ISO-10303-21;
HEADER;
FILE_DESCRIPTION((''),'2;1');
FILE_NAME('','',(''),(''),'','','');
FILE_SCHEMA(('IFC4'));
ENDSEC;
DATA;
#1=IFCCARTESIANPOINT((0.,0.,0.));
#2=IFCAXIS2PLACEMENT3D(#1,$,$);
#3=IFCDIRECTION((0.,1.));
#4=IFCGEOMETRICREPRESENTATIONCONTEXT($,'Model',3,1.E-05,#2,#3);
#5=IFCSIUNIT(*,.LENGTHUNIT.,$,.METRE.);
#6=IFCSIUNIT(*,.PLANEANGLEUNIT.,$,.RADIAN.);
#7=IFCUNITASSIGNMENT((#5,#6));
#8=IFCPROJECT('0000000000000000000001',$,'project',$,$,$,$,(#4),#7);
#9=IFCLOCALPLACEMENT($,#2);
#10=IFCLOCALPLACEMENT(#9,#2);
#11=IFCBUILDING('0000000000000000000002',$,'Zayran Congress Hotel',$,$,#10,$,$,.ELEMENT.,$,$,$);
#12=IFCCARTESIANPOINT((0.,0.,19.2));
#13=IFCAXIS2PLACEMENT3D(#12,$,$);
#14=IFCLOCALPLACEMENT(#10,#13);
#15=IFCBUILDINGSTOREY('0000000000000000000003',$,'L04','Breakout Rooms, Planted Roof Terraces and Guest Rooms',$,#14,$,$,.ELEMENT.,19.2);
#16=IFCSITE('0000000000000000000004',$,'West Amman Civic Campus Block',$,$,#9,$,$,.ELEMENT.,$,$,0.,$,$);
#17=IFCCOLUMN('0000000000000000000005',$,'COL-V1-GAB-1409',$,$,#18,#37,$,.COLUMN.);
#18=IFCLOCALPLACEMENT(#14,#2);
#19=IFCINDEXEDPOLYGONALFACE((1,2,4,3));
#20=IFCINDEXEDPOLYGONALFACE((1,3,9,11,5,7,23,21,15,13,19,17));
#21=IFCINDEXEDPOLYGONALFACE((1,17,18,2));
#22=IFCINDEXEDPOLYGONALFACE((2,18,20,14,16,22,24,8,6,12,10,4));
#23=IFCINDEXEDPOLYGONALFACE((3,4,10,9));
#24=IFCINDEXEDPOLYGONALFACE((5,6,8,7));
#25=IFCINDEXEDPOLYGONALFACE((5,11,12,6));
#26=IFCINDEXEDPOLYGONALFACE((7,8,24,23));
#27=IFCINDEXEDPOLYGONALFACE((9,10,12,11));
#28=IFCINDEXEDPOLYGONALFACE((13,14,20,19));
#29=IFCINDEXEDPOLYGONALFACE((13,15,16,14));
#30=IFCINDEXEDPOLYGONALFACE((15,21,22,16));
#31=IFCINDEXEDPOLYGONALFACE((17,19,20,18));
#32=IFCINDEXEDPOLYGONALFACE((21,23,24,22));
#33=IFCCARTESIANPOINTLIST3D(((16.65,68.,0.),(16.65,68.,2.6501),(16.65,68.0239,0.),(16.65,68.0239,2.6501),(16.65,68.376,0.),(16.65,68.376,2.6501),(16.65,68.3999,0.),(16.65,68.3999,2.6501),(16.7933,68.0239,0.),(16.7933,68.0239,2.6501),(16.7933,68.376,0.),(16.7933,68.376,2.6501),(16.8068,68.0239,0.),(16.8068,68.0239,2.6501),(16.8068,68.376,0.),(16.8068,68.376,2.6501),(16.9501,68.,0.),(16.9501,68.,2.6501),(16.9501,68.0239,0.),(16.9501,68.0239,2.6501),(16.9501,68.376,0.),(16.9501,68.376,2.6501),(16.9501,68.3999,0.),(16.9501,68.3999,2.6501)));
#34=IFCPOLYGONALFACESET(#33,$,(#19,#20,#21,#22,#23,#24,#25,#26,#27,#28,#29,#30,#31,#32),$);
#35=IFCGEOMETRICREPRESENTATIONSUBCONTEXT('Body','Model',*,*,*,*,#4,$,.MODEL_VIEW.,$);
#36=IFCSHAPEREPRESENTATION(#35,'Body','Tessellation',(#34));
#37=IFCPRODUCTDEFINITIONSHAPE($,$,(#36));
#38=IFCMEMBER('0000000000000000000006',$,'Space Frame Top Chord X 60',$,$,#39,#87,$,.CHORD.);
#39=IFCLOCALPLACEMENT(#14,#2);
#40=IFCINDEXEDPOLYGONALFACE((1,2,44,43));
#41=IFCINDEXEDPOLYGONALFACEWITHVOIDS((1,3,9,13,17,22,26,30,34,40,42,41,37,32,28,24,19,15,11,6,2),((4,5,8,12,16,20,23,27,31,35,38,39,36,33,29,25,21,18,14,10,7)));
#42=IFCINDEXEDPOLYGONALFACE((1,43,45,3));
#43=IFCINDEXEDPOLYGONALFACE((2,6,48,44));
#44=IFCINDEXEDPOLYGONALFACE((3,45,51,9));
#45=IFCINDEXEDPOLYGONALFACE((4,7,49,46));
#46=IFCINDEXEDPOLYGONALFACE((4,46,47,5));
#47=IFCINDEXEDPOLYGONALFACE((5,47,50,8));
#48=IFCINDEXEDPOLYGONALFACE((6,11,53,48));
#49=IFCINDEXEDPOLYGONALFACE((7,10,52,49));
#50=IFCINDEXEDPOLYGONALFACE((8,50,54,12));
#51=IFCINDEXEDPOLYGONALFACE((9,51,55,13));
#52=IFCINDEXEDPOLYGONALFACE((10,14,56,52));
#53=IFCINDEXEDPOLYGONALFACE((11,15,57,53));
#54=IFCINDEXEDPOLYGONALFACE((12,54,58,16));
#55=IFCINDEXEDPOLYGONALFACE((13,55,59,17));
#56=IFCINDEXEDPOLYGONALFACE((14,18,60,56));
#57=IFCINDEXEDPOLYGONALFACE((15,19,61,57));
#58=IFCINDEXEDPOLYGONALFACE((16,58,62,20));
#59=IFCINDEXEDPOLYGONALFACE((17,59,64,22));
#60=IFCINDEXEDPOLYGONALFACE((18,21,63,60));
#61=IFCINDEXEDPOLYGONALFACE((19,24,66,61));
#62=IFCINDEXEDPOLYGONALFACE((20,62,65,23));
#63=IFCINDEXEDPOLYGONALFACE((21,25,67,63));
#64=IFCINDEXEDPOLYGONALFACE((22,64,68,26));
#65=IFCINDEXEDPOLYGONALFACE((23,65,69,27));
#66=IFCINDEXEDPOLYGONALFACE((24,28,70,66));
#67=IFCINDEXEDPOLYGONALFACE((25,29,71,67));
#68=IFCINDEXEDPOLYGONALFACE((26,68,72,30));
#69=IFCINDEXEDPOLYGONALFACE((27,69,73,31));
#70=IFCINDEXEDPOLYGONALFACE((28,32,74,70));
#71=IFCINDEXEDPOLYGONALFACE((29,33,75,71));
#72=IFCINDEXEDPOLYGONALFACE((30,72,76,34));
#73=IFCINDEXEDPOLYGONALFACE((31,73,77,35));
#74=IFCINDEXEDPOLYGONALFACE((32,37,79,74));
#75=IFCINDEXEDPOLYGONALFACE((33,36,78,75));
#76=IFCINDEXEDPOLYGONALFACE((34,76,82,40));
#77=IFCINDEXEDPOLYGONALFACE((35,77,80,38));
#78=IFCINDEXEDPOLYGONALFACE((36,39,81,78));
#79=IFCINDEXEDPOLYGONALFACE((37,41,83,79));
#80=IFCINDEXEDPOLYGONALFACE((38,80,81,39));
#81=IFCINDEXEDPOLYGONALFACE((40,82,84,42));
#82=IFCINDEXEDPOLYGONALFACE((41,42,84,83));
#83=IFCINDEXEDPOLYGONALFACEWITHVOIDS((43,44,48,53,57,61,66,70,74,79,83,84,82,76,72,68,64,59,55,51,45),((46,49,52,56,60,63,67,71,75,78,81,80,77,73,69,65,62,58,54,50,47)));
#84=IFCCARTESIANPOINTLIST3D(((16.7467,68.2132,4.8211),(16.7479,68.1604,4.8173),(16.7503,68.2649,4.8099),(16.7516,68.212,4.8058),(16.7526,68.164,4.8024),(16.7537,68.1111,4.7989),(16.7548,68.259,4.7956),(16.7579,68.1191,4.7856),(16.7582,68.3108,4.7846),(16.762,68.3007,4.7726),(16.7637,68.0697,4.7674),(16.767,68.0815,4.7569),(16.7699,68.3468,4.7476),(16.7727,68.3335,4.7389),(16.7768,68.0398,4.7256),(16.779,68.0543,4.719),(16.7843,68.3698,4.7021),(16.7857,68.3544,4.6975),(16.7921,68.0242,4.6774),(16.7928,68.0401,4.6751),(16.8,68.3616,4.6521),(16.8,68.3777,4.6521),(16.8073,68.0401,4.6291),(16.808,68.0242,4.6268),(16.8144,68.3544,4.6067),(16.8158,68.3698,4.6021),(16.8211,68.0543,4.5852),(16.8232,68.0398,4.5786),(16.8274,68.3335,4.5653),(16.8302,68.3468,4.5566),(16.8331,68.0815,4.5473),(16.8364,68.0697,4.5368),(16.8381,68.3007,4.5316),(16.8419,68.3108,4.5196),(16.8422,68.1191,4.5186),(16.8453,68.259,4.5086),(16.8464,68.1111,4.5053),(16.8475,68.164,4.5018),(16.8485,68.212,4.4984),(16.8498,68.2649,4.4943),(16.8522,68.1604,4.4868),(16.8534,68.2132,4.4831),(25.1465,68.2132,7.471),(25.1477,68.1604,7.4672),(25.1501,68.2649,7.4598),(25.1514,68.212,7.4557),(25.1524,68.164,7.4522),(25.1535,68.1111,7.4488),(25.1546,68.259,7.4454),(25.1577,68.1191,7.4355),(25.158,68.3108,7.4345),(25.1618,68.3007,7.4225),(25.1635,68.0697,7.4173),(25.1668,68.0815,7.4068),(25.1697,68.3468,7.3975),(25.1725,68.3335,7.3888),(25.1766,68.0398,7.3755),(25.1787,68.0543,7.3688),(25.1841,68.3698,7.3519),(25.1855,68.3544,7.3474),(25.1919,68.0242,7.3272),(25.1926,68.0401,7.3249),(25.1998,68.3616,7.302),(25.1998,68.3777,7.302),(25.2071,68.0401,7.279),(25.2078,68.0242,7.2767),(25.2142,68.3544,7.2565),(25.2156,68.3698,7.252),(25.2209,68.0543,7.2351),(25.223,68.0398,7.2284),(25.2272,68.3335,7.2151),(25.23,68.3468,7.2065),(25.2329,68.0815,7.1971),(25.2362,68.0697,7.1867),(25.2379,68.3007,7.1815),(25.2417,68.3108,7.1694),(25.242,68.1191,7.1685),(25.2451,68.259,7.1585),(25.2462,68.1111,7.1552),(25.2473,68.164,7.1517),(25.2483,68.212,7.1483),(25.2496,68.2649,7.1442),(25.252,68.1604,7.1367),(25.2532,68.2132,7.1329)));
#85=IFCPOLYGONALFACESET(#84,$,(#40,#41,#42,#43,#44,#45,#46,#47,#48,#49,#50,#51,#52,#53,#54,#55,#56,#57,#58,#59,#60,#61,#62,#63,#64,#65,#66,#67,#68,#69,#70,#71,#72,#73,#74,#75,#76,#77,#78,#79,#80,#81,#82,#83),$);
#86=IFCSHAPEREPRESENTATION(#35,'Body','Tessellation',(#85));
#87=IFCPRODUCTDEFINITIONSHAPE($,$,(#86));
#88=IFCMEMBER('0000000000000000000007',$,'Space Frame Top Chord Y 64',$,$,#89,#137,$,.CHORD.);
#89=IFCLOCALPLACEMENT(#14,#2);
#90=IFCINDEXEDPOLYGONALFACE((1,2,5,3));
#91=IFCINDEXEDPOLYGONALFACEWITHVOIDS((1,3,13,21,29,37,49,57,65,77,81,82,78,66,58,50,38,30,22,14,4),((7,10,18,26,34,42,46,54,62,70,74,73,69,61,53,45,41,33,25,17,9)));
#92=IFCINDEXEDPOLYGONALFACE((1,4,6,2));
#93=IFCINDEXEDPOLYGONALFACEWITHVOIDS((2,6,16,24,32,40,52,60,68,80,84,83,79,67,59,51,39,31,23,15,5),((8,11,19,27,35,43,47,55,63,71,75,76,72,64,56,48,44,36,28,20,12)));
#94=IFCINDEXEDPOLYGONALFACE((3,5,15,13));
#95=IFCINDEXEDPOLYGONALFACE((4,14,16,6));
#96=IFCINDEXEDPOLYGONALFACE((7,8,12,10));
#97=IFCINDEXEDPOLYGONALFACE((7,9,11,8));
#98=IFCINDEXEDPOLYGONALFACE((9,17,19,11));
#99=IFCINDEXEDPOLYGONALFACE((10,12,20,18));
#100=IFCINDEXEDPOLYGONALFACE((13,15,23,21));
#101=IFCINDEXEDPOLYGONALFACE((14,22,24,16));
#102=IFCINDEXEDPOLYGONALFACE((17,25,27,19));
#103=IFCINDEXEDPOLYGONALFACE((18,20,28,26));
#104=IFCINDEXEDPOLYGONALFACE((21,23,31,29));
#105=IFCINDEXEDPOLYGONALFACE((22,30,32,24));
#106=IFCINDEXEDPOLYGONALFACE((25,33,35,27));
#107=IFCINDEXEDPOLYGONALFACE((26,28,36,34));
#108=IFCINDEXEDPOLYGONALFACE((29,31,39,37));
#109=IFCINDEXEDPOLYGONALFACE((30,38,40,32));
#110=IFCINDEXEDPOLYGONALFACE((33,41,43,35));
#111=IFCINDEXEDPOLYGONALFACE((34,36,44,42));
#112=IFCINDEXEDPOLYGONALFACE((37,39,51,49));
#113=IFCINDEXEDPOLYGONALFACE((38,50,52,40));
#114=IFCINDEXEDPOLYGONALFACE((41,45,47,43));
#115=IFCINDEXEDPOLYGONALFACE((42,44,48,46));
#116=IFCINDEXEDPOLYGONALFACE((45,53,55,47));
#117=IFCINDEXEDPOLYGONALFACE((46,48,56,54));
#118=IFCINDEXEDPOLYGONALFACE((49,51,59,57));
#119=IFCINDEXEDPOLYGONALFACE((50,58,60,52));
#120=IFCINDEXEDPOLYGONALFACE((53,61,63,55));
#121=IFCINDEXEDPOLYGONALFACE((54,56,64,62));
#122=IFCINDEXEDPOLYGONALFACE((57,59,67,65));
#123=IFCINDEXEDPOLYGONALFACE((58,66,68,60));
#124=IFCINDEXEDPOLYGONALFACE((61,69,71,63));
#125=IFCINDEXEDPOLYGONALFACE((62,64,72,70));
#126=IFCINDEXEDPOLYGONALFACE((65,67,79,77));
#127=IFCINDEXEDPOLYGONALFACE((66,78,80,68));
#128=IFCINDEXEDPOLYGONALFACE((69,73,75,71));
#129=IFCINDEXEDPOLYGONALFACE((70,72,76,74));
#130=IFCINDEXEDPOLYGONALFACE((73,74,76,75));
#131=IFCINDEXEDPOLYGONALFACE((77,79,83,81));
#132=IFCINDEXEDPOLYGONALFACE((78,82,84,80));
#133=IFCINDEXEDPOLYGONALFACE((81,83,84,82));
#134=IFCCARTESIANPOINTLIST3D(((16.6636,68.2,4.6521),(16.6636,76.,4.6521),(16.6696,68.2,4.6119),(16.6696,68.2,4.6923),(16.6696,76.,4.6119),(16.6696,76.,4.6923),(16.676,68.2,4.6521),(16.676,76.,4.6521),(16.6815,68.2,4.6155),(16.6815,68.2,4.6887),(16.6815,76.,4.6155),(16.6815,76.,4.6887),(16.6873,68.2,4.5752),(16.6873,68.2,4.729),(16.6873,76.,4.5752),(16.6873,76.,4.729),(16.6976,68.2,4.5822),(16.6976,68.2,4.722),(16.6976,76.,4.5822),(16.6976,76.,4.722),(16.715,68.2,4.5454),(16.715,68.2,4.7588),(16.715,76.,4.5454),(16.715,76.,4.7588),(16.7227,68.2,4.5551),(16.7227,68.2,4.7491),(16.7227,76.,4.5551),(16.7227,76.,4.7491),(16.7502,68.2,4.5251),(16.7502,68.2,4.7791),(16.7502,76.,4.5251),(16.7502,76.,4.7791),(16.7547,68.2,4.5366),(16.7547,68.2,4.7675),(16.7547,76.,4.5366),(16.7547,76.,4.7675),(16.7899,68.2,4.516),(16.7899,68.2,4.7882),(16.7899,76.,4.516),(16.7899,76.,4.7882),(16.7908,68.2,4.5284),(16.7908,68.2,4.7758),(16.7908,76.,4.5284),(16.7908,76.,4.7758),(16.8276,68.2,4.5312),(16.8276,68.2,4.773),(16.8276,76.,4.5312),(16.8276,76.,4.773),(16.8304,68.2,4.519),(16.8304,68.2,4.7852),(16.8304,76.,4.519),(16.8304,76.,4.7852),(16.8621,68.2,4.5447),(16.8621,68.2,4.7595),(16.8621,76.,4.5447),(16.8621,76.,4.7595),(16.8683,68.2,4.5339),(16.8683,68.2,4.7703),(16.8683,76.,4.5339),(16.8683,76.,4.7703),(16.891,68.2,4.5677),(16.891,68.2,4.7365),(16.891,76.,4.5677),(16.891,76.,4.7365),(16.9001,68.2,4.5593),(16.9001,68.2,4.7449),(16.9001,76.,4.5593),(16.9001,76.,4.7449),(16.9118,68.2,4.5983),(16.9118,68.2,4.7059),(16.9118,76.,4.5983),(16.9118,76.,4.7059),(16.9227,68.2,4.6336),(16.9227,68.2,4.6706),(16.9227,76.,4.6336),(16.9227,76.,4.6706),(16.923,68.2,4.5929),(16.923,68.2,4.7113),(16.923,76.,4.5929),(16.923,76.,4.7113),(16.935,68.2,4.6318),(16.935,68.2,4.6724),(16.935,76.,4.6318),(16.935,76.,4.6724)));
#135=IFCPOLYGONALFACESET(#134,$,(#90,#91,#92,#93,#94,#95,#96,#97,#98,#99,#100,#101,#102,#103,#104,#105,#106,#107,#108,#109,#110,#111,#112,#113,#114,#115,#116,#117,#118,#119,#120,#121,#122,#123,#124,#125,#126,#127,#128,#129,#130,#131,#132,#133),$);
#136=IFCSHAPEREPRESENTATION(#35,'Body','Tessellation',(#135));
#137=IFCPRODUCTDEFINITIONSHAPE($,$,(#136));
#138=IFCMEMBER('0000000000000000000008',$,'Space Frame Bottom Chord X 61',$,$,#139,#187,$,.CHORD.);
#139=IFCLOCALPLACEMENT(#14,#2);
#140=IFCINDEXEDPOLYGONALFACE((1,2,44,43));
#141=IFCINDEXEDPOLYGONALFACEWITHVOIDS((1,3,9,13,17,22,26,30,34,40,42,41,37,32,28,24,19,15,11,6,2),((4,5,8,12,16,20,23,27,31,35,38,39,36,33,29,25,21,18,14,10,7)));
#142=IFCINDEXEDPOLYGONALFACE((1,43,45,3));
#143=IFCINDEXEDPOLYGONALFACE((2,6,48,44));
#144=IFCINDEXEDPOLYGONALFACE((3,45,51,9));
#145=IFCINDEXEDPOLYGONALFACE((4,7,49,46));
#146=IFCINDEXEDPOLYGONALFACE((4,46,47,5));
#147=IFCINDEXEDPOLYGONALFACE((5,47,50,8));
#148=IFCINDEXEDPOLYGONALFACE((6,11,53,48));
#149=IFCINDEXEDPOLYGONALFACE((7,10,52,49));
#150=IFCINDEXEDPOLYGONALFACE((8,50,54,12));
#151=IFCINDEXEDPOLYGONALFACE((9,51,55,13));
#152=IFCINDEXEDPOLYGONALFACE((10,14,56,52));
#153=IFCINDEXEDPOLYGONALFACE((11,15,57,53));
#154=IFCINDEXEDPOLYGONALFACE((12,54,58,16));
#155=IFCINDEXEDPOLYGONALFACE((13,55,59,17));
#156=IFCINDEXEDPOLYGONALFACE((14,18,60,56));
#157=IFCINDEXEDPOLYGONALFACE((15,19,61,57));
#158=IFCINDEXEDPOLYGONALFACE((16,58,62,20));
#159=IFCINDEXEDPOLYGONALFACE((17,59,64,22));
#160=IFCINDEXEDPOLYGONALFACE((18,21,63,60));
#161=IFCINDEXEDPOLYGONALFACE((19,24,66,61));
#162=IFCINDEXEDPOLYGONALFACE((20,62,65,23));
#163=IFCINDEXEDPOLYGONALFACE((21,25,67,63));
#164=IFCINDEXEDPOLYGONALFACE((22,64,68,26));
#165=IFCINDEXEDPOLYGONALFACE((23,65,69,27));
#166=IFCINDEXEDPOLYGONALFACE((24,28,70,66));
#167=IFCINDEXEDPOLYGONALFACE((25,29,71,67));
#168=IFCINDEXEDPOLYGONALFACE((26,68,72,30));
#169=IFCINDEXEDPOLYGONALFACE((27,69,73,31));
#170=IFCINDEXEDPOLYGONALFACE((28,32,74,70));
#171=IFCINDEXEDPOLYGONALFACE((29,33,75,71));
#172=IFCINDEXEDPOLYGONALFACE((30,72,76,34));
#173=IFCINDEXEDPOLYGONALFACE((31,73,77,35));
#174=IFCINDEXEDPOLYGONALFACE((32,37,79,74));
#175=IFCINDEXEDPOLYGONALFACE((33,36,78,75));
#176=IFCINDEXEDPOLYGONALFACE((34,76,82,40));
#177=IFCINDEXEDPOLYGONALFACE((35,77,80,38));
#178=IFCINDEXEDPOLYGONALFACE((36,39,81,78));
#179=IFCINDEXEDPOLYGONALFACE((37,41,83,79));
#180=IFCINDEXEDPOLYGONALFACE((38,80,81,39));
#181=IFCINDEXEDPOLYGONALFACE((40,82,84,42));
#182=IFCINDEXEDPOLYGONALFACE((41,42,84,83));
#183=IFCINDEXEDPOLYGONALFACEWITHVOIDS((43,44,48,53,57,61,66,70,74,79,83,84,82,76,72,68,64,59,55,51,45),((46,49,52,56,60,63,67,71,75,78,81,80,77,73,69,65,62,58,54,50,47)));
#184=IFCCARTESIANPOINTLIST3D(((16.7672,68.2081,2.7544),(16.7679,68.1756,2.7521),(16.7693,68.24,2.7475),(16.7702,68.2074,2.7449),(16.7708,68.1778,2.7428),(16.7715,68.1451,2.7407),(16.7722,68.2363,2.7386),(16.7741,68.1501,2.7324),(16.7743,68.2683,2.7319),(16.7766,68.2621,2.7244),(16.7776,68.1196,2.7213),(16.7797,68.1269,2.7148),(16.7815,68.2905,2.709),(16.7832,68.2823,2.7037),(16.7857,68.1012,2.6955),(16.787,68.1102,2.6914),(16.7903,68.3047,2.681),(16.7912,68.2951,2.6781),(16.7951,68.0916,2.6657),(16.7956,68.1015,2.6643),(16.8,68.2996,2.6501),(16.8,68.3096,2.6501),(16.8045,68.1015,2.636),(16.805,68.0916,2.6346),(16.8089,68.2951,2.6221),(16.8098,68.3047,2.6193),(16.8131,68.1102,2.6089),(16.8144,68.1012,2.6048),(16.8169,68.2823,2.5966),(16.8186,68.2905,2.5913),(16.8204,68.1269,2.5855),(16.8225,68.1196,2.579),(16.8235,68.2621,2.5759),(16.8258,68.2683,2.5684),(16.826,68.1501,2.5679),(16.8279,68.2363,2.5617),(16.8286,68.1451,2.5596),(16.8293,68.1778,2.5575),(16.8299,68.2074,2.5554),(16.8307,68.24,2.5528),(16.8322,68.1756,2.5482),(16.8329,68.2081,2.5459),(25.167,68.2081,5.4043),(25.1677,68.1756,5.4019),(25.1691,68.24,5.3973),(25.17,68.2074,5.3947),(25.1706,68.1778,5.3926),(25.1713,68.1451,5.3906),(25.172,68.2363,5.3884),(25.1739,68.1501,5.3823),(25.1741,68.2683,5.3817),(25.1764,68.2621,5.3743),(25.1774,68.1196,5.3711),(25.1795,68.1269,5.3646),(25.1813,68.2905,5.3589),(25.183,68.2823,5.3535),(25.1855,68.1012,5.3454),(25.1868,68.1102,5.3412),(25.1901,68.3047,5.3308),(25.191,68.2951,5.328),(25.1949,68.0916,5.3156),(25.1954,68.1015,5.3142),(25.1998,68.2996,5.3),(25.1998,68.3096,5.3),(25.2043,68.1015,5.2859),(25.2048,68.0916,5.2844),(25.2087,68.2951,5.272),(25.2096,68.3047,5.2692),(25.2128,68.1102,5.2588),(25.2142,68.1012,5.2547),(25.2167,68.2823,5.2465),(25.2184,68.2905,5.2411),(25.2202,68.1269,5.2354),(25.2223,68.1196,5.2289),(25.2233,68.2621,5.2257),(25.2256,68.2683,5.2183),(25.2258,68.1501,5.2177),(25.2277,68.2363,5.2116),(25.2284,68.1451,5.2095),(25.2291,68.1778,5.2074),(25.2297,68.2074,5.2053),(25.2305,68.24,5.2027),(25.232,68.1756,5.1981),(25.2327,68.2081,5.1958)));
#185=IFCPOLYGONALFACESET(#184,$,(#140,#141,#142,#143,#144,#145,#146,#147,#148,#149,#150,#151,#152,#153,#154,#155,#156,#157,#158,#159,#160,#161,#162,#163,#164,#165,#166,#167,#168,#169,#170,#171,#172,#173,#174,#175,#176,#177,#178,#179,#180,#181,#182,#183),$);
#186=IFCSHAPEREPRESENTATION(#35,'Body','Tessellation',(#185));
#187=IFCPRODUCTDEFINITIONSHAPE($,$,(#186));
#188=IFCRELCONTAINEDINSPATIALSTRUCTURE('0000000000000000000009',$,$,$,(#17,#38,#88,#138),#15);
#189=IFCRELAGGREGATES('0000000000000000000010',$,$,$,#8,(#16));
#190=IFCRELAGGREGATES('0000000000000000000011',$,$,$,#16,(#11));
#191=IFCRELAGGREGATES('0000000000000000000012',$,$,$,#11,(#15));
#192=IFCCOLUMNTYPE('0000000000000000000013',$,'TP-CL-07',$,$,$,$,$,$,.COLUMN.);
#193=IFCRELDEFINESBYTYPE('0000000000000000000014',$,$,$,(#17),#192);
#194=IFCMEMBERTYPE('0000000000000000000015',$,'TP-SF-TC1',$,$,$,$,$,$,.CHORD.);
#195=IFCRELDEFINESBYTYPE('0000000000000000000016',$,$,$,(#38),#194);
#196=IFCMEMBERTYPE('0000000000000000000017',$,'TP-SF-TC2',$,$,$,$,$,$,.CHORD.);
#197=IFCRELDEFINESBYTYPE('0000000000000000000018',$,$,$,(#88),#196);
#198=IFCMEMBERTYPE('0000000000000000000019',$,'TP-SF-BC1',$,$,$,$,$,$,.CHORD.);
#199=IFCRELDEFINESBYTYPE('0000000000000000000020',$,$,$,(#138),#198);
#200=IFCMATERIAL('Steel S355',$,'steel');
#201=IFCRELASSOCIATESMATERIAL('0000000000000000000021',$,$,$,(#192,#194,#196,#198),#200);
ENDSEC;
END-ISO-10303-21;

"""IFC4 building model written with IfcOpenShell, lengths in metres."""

from ifc_helpers import new_model, si_unit, direction, frame, origin, origin_2d, place, context, subcontext, project, spatial, hollow_circle, i_section, extrude, material, material_profile, profile_set, type_object, element, save


model = new_model("IFC4")

# Units and contexts
model_context = context("Model", 3, precision=1e-05, world=origin(), true_north=direction((0.0, 1.0)))
body_context = subcontext(model_context, "Body", "Model", "MODEL_VIEW")
ifc_project = project(units=[si_unit("LENGTHUNIT", "METRE"), si_unit("PLANEANGLEUNIT", "RADIAN")], contexts=[model_context])

# Site, building, storey
site_placement = place(None, origin())
site = spatial("IfcSite", under=ifc_project, at=site_placement, Name="West Amman Civic Campus Block", CompositionType="ELEMENT", RefElevation=0.0)
building_placement = place(site_placement, origin())
building = spatial("IfcBuilding", under=site, at=building_placement, Name="Zayran Congress Hotel", CompositionType="ELEMENT")
storey_placement = place(building_placement, frame((0.0, 0.0, 19.2)))
storey = spatial("IfcBuildingStorey", under=building, at=storey_placement, Name="L04", Description="Breakout Rooms, Planted Roof Terraces and Guest Rooms", CompositionType="ELEMENT", Elevation=19.2)

# Column
ifc_material_1 = material(Name="Steel S355", Category="steel")
ifc_material_profile_1 = material_profile(ifc_material_1, i_section(OverallWidth=0.3, OverallDepth=0.3999, WebThickness=0.0134, FlangeThickness=0.0239, at=origin_2d()), Name="HEB 400")
ifc_profile_set_1 = profile_set([ifc_material_profile_1], Name="Steel S355")
column_type = type_object("IfcColumnType", Name="TP-CL-07", PredefinedType="COLUMN", material=ifc_profile_set_1)
column_placement = place(storey_placement, frame((16.8, 68.2, 0.0), z_axis=(0.0, 0.0, 1.0), x_axis=(1.0, 0.0, 0.0)))
element("IfcColumn", 1, at=column_placement, inside=storey, type_object=column_type, Name="COL-V1-GAB-1409", PredefinedType="COLUMN", context=body_context, shape_type="SweptSolid", body=[
    extrude(i_section(OverallWidth=0.3, OverallDepth=0.3999, WebThickness=0.0134, FlangeThickness=0.0239, at=origin_2d()), origin(), (0.0, 0.0, 1.0), 2.6501),
])

# Members
ifc_material_profile_2 = material_profile(ifc_material_1, hollow_circle(Radius=0.1777, WallThickness=0.0161, at=origin_2d()), Name="CHS 355.6x16")
ifc_profile_set_2 = profile_set([ifc_material_profile_2], Name="Steel S355")
member_type_1 = type_object("IfcMemberType", Name="TP-SF-TC1", PredefinedType="CHORD", material=ifc_profile_set_2)
member_1_placement = place(storey_placement, frame((16.8, 68.2, 4.6521), z_axis=(0.953671, 0.0, 0.300853), x_axis=(0.0, 1.0, 0.0)))
element("IfcMember", 2, at=member_1_placement, inside=storey, type_object=member_type_1, Name="Space Frame Top Chord X 60", PredefinedType="CHORD", context=body_context, shape_type="SweptSolid", body=[
    extrude(hollow_circle(Radius=0.1777, WallThickness=0.0161, at=origin_2d()), origin(), (0.0, 0.0, 1.0), 8.8079),
])
ifc_material_profile_3 = material_profile(ifc_material_1, hollow_circle(Radius=0.1365, WallThickness=0.0125, at=origin_2d()), Name="CHS 273x12.5")
ifc_profile_set_3 = profile_set([ifc_material_profile_3], Name="Steel S355")
member_type_2 = type_object("IfcMemberType", Name="TP-SF-TC2", PredefinedType="CHORD", material=ifc_profile_set_3)
member_2_placement = place(storey_placement, frame((16.8, 68.2, 4.6521), z_axis=(0.0, 1.0, 0.0), x_axis=(-1.0, 0.0, 0.0)))
element("IfcMember", 3, at=member_2_placement, inside=storey, type_object=member_type_2, Name="Space Frame Top Chord Y 64", PredefinedType="CHORD", context=body_context, shape_type="SweptSolid", body=[
    extrude(hollow_circle(Radius=0.1365, WallThickness=0.0125, at=origin_2d()), origin(), (0.0, 0.0, 1.0), 7.8),
])
ifc_material_profile_4 = material_profile(ifc_material_1, hollow_circle(Radius=0.1096, WallThickness=0.01, at=origin_2d()), Name="CHS 219.1x10")
ifc_profile_set_4 = profile_set([ifc_material_profile_4], Name="Steel S355")
member_type_3 = type_object("IfcMemberType", Name="TP-SF-BC1", PredefinedType="CHORD", material=ifc_profile_set_4)
member_3_placement = place(storey_placement, frame((16.8, 68.2, 2.6501), z_axis=(0.953671, 0.0, 0.300853), x_axis=(0.0, 1.0, 0.0)))
element("IfcMember", 4, at=member_3_placement, inside=storey, type_object=member_type_3, Name="Space Frame Bottom Chord X 61", PredefinedType="CHORD", context=body_context, shape_type="SweptSolid", body=[
    extrude(hollow_circle(Radius=0.1096, WallThickness=0.01, at=origin_2d()), origin(), (0.0, 0.0, 1.0), 8.8079),
])

save(model, "model.ifc")
